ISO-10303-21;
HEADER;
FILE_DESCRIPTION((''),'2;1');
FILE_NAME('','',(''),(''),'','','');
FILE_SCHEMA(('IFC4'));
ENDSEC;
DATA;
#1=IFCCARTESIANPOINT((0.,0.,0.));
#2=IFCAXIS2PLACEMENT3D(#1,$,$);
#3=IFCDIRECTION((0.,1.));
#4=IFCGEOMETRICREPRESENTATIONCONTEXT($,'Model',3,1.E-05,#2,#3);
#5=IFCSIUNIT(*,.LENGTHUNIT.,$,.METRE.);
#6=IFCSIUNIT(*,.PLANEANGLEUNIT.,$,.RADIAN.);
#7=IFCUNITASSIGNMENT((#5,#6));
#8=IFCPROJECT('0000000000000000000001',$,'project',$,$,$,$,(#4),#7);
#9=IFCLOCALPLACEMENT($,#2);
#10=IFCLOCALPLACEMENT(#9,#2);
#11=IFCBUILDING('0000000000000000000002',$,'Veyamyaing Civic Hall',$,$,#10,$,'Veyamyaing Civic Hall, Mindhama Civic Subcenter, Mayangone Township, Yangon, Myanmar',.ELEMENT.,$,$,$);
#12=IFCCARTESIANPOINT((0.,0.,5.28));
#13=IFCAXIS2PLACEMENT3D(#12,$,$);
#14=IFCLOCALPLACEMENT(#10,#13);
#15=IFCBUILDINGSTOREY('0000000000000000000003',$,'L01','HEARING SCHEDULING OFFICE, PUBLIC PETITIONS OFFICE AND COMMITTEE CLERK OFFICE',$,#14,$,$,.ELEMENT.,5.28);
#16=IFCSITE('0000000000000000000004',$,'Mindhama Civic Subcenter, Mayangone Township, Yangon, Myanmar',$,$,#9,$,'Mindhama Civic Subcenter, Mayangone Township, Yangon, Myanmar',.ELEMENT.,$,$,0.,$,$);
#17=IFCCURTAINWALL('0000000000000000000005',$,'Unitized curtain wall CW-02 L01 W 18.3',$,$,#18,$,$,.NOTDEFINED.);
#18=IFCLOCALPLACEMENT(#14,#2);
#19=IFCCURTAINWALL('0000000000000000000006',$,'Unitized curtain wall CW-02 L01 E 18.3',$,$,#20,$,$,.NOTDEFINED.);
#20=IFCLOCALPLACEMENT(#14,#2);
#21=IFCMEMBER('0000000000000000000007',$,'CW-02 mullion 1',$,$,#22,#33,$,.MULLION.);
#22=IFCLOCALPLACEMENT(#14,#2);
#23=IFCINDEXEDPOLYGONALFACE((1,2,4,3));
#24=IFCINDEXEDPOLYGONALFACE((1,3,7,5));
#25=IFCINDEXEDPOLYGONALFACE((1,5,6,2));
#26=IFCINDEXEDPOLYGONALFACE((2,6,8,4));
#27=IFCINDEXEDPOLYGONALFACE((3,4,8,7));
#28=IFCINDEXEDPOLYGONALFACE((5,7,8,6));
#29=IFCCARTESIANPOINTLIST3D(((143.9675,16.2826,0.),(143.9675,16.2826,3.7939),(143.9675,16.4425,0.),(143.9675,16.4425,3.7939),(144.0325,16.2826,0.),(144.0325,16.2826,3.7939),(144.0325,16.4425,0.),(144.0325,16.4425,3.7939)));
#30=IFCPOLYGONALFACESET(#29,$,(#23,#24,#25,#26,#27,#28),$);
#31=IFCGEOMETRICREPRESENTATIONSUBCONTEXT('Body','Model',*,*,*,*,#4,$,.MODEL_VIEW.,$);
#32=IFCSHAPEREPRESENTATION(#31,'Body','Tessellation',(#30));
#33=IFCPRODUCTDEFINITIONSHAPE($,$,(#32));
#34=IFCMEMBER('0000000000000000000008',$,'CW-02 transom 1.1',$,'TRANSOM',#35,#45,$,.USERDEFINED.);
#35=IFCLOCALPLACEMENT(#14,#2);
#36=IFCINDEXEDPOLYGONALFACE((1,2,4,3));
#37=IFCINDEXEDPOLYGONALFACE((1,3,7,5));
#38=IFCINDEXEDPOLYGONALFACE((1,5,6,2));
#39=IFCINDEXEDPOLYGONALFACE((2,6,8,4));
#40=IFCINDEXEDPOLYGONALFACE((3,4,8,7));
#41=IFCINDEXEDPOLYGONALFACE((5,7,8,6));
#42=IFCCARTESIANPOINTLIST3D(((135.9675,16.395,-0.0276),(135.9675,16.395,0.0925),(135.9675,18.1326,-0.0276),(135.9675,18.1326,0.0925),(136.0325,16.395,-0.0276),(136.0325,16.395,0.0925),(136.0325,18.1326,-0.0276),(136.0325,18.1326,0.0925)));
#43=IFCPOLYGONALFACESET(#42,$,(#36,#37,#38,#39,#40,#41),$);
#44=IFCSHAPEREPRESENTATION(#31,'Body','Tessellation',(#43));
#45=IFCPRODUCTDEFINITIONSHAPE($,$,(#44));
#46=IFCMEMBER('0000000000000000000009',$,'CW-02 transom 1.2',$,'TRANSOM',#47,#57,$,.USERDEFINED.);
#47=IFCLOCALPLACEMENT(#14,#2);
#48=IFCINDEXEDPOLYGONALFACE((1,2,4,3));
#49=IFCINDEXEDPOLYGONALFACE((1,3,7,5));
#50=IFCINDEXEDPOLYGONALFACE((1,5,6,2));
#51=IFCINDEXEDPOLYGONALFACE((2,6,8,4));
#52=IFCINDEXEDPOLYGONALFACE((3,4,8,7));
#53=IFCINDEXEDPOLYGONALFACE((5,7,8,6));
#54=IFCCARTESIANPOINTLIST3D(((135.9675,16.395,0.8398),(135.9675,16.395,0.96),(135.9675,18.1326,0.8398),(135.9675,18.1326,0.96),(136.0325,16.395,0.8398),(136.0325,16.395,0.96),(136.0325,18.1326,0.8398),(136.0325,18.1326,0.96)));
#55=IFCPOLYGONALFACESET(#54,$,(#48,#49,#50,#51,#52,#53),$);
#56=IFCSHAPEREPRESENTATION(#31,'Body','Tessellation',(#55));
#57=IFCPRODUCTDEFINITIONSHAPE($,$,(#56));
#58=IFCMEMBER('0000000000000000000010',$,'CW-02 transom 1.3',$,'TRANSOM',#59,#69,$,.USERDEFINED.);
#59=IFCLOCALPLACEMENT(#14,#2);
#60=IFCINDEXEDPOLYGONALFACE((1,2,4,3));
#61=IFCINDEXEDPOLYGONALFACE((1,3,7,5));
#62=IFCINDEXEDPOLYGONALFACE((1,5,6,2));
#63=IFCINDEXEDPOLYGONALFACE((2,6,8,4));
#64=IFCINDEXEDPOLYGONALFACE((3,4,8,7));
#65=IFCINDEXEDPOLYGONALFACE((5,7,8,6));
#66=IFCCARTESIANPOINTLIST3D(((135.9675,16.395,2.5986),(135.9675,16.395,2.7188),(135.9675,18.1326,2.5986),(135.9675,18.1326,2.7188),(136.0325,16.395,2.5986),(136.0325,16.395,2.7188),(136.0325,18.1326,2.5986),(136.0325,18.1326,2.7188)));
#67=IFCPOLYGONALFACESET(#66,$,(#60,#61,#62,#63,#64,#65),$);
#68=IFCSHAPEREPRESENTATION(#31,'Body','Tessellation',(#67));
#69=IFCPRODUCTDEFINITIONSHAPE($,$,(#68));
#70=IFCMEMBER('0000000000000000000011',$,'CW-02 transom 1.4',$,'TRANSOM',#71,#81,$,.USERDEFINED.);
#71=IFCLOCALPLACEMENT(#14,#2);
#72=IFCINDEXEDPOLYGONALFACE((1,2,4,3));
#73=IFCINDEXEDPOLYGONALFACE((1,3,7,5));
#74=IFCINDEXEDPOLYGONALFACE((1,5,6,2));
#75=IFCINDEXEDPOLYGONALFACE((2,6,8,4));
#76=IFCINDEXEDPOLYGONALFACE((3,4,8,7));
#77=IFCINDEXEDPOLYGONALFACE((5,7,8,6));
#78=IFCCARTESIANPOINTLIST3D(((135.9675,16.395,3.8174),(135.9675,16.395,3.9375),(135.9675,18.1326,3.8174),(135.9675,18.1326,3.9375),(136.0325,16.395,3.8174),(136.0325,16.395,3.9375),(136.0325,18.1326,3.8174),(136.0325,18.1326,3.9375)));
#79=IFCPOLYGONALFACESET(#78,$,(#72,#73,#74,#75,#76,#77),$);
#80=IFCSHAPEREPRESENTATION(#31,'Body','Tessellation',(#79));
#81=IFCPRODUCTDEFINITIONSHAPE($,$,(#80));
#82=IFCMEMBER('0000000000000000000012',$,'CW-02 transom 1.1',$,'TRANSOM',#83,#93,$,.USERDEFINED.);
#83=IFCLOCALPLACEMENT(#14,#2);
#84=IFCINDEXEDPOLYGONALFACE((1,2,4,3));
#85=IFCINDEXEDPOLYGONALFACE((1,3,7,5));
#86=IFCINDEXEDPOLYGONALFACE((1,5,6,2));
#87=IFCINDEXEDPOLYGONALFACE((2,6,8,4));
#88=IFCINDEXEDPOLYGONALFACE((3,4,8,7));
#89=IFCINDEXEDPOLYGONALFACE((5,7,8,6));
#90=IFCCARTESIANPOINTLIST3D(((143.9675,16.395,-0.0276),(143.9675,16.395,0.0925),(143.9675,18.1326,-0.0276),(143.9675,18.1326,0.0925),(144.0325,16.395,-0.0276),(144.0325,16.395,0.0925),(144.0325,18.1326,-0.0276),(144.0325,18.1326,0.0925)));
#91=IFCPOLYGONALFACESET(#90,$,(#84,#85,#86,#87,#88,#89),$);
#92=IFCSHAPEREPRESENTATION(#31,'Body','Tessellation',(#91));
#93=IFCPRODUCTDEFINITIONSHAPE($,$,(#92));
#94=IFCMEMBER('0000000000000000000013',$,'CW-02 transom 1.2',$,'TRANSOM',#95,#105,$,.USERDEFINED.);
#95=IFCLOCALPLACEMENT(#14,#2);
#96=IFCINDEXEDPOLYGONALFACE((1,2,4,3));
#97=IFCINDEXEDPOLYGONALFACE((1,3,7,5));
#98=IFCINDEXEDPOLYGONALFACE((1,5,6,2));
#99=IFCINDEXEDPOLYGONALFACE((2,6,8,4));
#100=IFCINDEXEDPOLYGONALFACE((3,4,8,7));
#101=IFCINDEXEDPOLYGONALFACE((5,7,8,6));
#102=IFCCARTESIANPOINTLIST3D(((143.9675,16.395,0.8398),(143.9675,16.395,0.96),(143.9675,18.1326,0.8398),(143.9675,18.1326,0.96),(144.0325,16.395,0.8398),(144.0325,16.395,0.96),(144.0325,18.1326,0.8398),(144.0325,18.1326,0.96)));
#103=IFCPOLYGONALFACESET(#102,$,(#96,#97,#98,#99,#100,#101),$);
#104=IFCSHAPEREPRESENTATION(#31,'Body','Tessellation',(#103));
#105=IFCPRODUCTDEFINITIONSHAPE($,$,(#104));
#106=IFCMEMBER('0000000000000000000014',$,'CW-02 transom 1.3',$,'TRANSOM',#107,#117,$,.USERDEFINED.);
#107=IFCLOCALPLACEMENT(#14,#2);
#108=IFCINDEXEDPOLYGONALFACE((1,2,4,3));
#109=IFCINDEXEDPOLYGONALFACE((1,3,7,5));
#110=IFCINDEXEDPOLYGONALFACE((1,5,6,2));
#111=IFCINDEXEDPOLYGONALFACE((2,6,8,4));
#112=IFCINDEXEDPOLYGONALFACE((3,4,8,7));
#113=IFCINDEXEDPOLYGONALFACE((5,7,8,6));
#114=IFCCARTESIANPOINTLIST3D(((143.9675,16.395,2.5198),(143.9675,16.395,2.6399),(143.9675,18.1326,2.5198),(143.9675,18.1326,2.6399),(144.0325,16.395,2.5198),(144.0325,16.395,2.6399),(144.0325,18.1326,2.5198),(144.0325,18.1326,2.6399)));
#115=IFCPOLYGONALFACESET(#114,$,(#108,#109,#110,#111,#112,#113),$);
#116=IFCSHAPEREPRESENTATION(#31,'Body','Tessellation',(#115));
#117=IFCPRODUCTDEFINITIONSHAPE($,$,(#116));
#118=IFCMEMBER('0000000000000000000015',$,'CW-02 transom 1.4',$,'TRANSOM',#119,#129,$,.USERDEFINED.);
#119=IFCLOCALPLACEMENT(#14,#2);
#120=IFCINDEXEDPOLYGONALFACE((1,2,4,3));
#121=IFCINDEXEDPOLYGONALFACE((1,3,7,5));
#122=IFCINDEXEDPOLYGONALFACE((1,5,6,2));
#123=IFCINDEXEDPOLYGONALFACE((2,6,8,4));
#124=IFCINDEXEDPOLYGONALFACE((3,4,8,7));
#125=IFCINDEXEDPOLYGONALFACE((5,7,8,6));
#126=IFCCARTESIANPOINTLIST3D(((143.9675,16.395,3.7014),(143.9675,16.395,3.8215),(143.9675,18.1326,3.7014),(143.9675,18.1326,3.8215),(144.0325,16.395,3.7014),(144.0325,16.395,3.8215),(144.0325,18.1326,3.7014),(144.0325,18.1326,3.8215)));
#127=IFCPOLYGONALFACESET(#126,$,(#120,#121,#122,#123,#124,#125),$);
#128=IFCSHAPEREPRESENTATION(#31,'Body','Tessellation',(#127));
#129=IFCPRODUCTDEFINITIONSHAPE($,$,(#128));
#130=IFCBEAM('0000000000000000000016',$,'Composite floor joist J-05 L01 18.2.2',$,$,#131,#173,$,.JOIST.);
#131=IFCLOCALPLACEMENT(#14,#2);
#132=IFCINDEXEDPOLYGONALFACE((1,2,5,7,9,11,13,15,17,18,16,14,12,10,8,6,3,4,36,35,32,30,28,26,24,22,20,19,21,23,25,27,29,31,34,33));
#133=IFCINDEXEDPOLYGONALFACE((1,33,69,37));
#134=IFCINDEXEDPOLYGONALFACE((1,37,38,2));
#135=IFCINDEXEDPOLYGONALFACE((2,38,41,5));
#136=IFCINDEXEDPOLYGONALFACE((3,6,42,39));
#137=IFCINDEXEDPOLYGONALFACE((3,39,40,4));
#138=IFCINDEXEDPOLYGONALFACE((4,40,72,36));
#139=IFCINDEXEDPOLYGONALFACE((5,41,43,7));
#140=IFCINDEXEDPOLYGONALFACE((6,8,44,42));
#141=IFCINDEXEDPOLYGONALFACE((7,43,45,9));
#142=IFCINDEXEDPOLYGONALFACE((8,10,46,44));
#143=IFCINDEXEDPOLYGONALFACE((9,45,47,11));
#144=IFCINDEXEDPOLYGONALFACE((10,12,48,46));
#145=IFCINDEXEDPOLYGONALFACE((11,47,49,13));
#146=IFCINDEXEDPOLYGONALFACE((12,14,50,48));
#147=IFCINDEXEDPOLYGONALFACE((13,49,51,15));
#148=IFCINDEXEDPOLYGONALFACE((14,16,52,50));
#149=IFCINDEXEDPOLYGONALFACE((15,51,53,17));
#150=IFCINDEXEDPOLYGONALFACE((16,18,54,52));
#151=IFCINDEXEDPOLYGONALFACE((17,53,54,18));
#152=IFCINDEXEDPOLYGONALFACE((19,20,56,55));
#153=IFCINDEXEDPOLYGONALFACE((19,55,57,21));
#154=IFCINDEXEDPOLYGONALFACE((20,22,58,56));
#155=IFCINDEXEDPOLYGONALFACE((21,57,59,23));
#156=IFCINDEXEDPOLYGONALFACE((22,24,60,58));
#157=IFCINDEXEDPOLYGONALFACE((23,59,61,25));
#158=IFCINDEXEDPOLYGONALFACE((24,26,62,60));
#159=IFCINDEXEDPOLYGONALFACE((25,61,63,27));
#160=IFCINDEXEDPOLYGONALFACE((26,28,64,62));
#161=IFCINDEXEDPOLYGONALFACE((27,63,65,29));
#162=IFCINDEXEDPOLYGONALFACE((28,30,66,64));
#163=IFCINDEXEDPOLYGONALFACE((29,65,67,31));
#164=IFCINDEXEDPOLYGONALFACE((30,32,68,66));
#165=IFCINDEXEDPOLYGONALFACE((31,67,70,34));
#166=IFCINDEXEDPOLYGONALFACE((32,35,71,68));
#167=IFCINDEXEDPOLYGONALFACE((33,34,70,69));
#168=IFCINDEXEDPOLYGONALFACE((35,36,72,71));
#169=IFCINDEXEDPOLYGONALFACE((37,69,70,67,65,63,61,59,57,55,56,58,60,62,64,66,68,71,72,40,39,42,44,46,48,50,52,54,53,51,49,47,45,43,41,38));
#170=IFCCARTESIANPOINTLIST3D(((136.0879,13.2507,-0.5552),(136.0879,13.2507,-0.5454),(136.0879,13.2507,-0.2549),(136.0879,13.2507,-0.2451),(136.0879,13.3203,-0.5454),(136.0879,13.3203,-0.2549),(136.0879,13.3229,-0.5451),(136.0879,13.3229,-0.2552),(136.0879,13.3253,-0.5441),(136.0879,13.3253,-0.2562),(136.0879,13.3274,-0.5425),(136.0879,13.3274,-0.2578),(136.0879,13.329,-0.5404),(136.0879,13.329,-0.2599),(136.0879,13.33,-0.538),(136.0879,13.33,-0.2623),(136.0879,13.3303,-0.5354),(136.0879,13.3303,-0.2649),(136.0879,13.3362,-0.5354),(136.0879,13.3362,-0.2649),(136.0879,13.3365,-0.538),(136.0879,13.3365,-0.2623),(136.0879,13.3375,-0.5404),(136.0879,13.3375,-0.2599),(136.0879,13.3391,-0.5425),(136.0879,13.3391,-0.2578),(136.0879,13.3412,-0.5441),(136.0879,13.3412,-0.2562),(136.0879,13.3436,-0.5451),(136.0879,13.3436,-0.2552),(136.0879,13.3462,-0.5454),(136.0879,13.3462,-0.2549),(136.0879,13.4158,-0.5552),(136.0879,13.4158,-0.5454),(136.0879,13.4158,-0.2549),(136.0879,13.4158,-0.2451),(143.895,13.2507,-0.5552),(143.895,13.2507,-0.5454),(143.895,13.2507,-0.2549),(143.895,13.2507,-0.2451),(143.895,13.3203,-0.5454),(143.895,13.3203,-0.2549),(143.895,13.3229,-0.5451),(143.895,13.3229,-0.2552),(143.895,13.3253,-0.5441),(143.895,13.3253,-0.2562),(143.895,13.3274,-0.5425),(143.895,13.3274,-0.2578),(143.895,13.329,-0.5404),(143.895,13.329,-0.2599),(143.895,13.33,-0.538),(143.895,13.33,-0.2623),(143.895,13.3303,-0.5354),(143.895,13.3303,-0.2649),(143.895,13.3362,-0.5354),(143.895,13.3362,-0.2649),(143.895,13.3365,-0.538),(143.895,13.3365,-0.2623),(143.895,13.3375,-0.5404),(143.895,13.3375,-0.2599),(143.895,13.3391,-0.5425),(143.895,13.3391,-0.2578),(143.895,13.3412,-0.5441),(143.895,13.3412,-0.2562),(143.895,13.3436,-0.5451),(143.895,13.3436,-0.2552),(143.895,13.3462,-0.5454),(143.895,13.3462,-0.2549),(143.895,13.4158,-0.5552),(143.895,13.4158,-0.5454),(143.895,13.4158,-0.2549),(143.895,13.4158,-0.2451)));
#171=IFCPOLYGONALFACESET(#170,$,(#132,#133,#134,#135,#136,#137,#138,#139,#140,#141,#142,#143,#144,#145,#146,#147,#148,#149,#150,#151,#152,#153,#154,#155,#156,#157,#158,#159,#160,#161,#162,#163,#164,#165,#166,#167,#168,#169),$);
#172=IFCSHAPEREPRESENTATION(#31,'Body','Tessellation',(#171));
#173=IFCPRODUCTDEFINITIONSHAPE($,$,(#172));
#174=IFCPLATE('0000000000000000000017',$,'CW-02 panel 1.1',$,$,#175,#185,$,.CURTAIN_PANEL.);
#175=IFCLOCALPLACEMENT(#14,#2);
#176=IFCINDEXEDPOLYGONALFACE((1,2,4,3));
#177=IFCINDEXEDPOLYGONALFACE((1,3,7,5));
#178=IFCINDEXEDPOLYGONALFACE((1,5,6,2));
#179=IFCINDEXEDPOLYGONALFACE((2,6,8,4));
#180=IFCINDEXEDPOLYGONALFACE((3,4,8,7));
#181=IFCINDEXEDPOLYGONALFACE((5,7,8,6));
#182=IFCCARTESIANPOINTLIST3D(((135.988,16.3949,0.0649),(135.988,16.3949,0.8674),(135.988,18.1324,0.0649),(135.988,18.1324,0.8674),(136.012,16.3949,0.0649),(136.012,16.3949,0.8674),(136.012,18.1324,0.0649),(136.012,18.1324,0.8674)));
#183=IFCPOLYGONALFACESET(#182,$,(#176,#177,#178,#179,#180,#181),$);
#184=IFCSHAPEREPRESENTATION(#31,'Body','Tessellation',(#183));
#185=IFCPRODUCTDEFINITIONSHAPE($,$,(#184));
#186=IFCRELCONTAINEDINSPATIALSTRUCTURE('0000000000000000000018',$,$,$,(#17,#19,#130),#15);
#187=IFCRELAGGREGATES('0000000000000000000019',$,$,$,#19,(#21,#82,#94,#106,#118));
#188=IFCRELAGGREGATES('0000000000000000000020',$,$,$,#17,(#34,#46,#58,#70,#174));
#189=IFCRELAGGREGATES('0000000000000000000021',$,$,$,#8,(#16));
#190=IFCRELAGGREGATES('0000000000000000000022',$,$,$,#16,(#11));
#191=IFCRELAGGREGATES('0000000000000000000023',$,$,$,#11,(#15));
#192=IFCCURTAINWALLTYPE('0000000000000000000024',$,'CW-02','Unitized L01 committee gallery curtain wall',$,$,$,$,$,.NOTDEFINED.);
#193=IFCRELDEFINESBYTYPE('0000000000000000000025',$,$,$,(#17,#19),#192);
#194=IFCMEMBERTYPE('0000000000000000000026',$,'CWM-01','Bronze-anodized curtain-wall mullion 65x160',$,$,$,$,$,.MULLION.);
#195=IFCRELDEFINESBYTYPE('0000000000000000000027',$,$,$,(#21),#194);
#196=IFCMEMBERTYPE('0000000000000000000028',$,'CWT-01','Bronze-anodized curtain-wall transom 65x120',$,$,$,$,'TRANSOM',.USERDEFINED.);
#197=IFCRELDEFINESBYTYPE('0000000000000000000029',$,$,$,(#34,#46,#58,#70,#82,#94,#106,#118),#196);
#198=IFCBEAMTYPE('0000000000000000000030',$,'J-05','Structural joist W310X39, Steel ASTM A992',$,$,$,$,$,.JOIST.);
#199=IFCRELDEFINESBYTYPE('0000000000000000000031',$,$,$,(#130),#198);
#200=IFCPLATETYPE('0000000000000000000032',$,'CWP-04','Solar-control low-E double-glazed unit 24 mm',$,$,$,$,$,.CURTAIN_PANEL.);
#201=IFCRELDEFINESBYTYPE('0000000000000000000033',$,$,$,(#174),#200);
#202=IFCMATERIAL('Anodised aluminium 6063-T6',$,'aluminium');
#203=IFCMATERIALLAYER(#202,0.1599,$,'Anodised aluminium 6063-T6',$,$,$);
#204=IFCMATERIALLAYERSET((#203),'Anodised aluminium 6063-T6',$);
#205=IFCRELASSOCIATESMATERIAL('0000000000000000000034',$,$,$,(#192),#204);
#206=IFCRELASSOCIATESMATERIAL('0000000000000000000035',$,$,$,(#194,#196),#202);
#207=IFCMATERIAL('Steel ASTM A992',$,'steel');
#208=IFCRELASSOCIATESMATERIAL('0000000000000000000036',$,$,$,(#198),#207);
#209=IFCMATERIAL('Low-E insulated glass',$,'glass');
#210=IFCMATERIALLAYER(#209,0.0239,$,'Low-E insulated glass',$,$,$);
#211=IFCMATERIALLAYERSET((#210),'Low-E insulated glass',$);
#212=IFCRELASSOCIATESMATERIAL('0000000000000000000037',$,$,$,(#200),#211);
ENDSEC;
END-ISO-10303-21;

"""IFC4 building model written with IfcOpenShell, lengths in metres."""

from ifc_helpers import new_model, si_unit, direction, frame, origin, origin_2d, place, context, subcontext, project, spatial, rectangle, i_section, extrude, material, layer, layer_set, material_profile, profile_set, type_object, element, aggregate, save


model = new_model("IFC4")

# Units and contexts
model_context = context("Model", 3, precision=1e-05, world=origin(), true_north=direction((0.0, 1.0)))
body_context = subcontext(model_context, "Body", "Model", "MODEL_VIEW")
ifc_project = project(units=[si_unit("LENGTHUNIT", "METRE"), si_unit("PLANEANGLEUNIT", "RADIAN")], contexts=[model_context])

# Site, building, storey
site_placement = place(None, origin())
site = spatial("IfcSite", under=ifc_project, at=site_placement, Name="Mindhama Civic Subcenter, Mayangone Township, Yangon, Myanmar", LongName="Mindhama Civic Subcenter, Mayangone Township, Yangon, Myanmar", CompositionType="ELEMENT", RefElevation=0.0)
building_placement = place(site_placement, origin())
building = spatial("IfcBuilding", under=site, at=building_placement, Name="Veyamyaing Civic Hall", LongName="Veyamyaing Civic Hall, Mindhama Civic Subcenter, Mayangone Township, Yangon, Myanmar", CompositionType="ELEMENT")
storey_placement = place(building_placement, frame((0.0, 0.0, 5.28)))
storey = spatial("IfcBuildingStorey", under=building, at=storey_placement, Name="L01", Description="HEARING SCHEDULING OFFICE, PUBLIC PETITIONS OFFICE AND COMMITTEE CLERK OFFICE", CompositionType="ELEMENT", Elevation=5.28)

# Shared definitions
ifc_material_1 = material(Name="Steel ASTM A992", Category="steel")

# Curtain walls, member
ifc_material_2 = material(Name="Anodised aluminium 6063-T6", Category="aluminium")
ifc_layer_1 = layer(ifc_material_2, 0.1599, Name="Anodised aluminium 6063-T6")
ifc_layer_set_1 = layer_set([ifc_layer_1], Name="Anodised aluminium 6063-T6")
curtain_wall_type = type_object("IfcCurtainWallType", Name="CW-02", Description="Unitized L01 committee gallery curtain wall", PredefinedType="NOTDEFINED", material=ifc_layer_set_1)
curtain_wall_1_placement = place(storey_placement, origin())
curtain_wall_1 = element("IfcCurtainWall", 1, at=curtain_wall_1_placement, inside=storey, type_object=curtain_wall_type, Name="Unitized curtain wall CW-02 L01 W 18.3", PredefinedType="NOTDEFINED")
ifc_material_profile_1 = material_profile(ifc_material_2, rectangle(XDim=0.0649, YDim=0.1599, at=origin_2d()), Name="ALU-MUL-65X160")
ifc_profile_set_1 = profile_set([ifc_material_profile_1], Name="Anodised aluminium 6063-T6")
member_type_1 = type_object("IfcMemberType", Name="CWM-01", Description="Bronze-anodized curtain-wall mullion 65x160", PredefinedType="MULLION", material=ifc_profile_set_1)
curtain_wall_2_placement = place(storey_placement, origin())
curtain_wall_2 = element("IfcCurtainWall", 2, at=curtain_wall_2_placement, inside=storey, type_object=curtain_wall_type, Name="Unitized curtain wall CW-02 L01 E 18.3", PredefinedType="NOTDEFINED")
member_1_placement = place(storey_placement, frame((144.0, 16.3625, 0.0), z_axis=(0.0, 0.0, 1.0), x_axis=(-1.0, 0.0, 0.0)))
member_1 = element("IfcMember", 3, at=member_1_placement, type_object=member_type_1, Name="CW-02 mullion 1", PredefinedType="MULLION", context=body_context, shape_type="SweptSolid", body=[
    extrude(rectangle(XDim=0.0649, YDim=0.1599, at=origin_2d()), origin(), (0.0, 0.0, 1.0), 3.7939),
])

# Members
ifc_material_profile_2 = material_profile(ifc_material_2, rectangle(XDim=0.0649, YDim=0.1201, at=origin_2d()), Name="ALU-TRN-65X120")
ifc_profile_set_2 = profile_set([ifc_material_profile_2], Name="Anodised aluminium 6063-T6")
member_type_2 = type_object("IfcMemberType", Name="CWT-01", Description="Bronze-anodized curtain-wall transom 65x120", ElementType="TRANSOM", PredefinedType="USERDEFINED", material=ifc_profile_set_2)
member_2_placement = place(storey_placement, frame((136.0, 16.395, 0.0325), z_axis=(0.0, 1.0, 0.0), x_axis=(-1.0, 0.0, 0.0)))
member_2 = element("IfcMember", 4, at=member_2_placement, type_object=member_type_2, Name="CW-02 transom 1.1", ObjectType="TRANSOM", PredefinedType="USERDEFINED", context=body_context, shape_type="SweptSolid", body=[
    extrude(rectangle(XDim=0.0649, YDim=0.1201, at=origin_2d()), origin(), (0.0, 0.0, 1.0), 1.7375),
])
member_3_placement = place(storey_placement, frame((136.0, 16.395, 0.8999), z_axis=(0.0, 1.0, 0.0), x_axis=(-1.0, 0.0, 0.0)))
member_3 = element("IfcMember", 5, at=member_3_placement, type_object=member_type_2, Name="CW-02 transom 1.2", ObjectType="TRANSOM", PredefinedType="USERDEFINED", context=body_context, shape_type="SweptSolid", body=[
    extrude(rectangle(XDim=0.0649, YDim=0.1201, at=origin_2d()), origin(), (0.0, 0.0, 1.0), 1.7375),
])
member_4_placement = place(storey_placement, frame((136.0, 16.395, 2.6587), z_axis=(0.0, 1.0, 0.0), x_axis=(-1.0, 0.0, 0.0)))
member_4 = element("IfcMember", 6, at=member_4_placement, type_object=member_type_2, Name="CW-02 transom 1.3", ObjectType="TRANSOM", PredefinedType="USERDEFINED", context=body_context, shape_type="SweptSolid", body=[
    extrude(rectangle(XDim=0.0649, YDim=0.1201, at=origin_2d()), origin(), (0.0, 0.0, 1.0), 1.7375),
])
member_5_placement = place(storey_placement, frame((136.0, 16.395, 3.8774), z_axis=(0.0, 1.0, 0.0), x_axis=(-1.0, 0.0, 0.0)))
member_5 = element("IfcMember", 7, at=member_5_placement, type_object=member_type_2, Name="CW-02 transom 1.4", ObjectType="TRANSOM", PredefinedType="USERDEFINED", context=body_context, shape_type="SweptSolid", body=[
    extrude(rectangle(XDim=0.0649, YDim=0.1201, at=origin_2d()), origin(), (0.0, 0.0, 1.0), 1.7375),
])
member_6_placement = place(storey_placement, frame((144.0, 16.395, 0.0325), z_axis=(0.0, 1.0, 0.0), x_axis=(-1.0, 0.0, 0.0)))
member_6 = element("IfcMember", 8, at=member_6_placement, type_object=member_type_2, Name="CW-02 transom 1.1", ObjectType="TRANSOM", PredefinedType="USERDEFINED", context=body_context, shape_type="SweptSolid", body=[
    extrude(rectangle(XDim=0.0649, YDim=0.1201, at=origin_2d()), origin(), (0.0, 0.0, 1.0), 1.7375),
])
member_7_placement = place(storey_placement, frame((144.0, 16.395, 0.8999), z_axis=(0.0, 1.0, 0.0), x_axis=(-1.0, 0.0, 0.0)))
member_7 = element("IfcMember", 9, at=member_7_placement, type_object=member_type_2, Name="CW-02 transom 1.2", ObjectType="TRANSOM", PredefinedType="USERDEFINED", context=body_context, shape_type="SweptSolid", body=[
    extrude(rectangle(XDim=0.0649, YDim=0.1201, at=origin_2d()), origin(), (0.0, 0.0, 1.0), 1.7375),
])
member_8_placement = place(storey_placement, frame((144.0, 16.395, 2.5798), z_axis=(0.0, 1.0, 0.0), x_axis=(-1.0, 0.0, 0.0)))
member_8 = element("IfcMember", 10, at=member_8_placement, type_object=member_type_2, Name="CW-02 transom 1.3", ObjectType="TRANSOM", PredefinedType="USERDEFINED", context=body_context, shape_type="SweptSolid", body=[
    extrude(rectangle(XDim=0.0649, YDim=0.1201, at=origin_2d()), origin(), (0.0, 0.0, 1.0), 1.7375),
])
member_9_placement = place(storey_placement, frame((144.0, 16.395, 3.7615), z_axis=(0.0, 1.0, 0.0), x_axis=(-1.0, 0.0, 0.0)))
member_9 = element("IfcMember", 11, at=member_9_placement, type_object=member_type_2, Name="CW-02 transom 1.4", ObjectType="TRANSOM", PredefinedType="USERDEFINED", context=body_context, shape_type="SweptSolid", body=[
    extrude(rectangle(XDim=0.0649, YDim=0.1201, at=origin_2d()), origin(), (0.0, 0.0, 1.0), 1.7375),
])
aggregate(curtain_wall_2, [member_1, member_6, member_7, member_8, member_9])

# Beam
ifc_material_profile_3 = material_profile(ifc_material_1, i_section(OverallWidth=0.165, OverallDepth=0.3101, WebThickness=0.0059, FlangeThickness=0.0098, FilletRadius=0.01, at=origin_2d()), Name="W310X39")
ifc_profile_set_3 = profile_set([ifc_material_profile_3], Name="Steel ASTM A992")
beam_type_1 = type_object("IfcBeamType", Name="J-05", Description="Structural joist W310X39, Steel ASTM A992", PredefinedType="JOIST", material=ifc_profile_set_3)
beam_1_placement = place(storey_placement, frame((136.0879, 13.3333, -0.4001), z_axis=(1.0, 0.0, 0.0), x_axis=(0.0, 1.0, 0.0)))
element("IfcBeam", 12, at=beam_1_placement, inside=storey, type_object=beam_type_1, Name="Composite floor joist J-05 L01 18.2.2", PredefinedType="JOIST", context=body_context, shape_type="SweptSolid", body=[
    extrude(i_section(OverallWidth=0.165, OverallDepth=0.3101, WebThickness=0.0059, FlangeThickness=0.0098, FilletRadius=0.01, at=origin_2d()), origin(), (0.0, 0.0, 1.0), 7.8071),
])

# Plate
ifc_material_3 = material(Name="Low-E insulated glass", Category="glass")
ifc_layer_2 = layer(ifc_material_3, 0.0239, Name="Low-E insulated glass")
ifc_layer_set_2 = layer_set([ifc_layer_2], Name="Low-E insulated glass")
plate_type = type_object("IfcPlateType", Name="CWP-04", Description="Solar-control low-E double-glazed unit 24 mm", PredefinedType="CURTAIN_PANEL", material=ifc_layer_set_2)
plate_1_placement = place(storey_placement, frame((136.0, 17.2637, 0.0649), z_axis=(0.0, 0.0, 1.0), x_axis=(0.0, 1.0, 0.0)))
plate_1 = element("IfcPlate", 13, at=plate_1_placement, type_object=plate_type, Name="CW-02 panel 1.1", PredefinedType="CURTAIN_PANEL", context=body_context, shape_type="SweptSolid", body=[
    extrude(rectangle(XDim=1.7375, YDim=0.0239, at=origin_2d()), origin(), (0.0, 0.0, 1.0), 0.8025),
])
aggregate(curtain_wall_1, [member_2, member_3, member_4, member_5, plate_1])

save(model, "model.ifc")
